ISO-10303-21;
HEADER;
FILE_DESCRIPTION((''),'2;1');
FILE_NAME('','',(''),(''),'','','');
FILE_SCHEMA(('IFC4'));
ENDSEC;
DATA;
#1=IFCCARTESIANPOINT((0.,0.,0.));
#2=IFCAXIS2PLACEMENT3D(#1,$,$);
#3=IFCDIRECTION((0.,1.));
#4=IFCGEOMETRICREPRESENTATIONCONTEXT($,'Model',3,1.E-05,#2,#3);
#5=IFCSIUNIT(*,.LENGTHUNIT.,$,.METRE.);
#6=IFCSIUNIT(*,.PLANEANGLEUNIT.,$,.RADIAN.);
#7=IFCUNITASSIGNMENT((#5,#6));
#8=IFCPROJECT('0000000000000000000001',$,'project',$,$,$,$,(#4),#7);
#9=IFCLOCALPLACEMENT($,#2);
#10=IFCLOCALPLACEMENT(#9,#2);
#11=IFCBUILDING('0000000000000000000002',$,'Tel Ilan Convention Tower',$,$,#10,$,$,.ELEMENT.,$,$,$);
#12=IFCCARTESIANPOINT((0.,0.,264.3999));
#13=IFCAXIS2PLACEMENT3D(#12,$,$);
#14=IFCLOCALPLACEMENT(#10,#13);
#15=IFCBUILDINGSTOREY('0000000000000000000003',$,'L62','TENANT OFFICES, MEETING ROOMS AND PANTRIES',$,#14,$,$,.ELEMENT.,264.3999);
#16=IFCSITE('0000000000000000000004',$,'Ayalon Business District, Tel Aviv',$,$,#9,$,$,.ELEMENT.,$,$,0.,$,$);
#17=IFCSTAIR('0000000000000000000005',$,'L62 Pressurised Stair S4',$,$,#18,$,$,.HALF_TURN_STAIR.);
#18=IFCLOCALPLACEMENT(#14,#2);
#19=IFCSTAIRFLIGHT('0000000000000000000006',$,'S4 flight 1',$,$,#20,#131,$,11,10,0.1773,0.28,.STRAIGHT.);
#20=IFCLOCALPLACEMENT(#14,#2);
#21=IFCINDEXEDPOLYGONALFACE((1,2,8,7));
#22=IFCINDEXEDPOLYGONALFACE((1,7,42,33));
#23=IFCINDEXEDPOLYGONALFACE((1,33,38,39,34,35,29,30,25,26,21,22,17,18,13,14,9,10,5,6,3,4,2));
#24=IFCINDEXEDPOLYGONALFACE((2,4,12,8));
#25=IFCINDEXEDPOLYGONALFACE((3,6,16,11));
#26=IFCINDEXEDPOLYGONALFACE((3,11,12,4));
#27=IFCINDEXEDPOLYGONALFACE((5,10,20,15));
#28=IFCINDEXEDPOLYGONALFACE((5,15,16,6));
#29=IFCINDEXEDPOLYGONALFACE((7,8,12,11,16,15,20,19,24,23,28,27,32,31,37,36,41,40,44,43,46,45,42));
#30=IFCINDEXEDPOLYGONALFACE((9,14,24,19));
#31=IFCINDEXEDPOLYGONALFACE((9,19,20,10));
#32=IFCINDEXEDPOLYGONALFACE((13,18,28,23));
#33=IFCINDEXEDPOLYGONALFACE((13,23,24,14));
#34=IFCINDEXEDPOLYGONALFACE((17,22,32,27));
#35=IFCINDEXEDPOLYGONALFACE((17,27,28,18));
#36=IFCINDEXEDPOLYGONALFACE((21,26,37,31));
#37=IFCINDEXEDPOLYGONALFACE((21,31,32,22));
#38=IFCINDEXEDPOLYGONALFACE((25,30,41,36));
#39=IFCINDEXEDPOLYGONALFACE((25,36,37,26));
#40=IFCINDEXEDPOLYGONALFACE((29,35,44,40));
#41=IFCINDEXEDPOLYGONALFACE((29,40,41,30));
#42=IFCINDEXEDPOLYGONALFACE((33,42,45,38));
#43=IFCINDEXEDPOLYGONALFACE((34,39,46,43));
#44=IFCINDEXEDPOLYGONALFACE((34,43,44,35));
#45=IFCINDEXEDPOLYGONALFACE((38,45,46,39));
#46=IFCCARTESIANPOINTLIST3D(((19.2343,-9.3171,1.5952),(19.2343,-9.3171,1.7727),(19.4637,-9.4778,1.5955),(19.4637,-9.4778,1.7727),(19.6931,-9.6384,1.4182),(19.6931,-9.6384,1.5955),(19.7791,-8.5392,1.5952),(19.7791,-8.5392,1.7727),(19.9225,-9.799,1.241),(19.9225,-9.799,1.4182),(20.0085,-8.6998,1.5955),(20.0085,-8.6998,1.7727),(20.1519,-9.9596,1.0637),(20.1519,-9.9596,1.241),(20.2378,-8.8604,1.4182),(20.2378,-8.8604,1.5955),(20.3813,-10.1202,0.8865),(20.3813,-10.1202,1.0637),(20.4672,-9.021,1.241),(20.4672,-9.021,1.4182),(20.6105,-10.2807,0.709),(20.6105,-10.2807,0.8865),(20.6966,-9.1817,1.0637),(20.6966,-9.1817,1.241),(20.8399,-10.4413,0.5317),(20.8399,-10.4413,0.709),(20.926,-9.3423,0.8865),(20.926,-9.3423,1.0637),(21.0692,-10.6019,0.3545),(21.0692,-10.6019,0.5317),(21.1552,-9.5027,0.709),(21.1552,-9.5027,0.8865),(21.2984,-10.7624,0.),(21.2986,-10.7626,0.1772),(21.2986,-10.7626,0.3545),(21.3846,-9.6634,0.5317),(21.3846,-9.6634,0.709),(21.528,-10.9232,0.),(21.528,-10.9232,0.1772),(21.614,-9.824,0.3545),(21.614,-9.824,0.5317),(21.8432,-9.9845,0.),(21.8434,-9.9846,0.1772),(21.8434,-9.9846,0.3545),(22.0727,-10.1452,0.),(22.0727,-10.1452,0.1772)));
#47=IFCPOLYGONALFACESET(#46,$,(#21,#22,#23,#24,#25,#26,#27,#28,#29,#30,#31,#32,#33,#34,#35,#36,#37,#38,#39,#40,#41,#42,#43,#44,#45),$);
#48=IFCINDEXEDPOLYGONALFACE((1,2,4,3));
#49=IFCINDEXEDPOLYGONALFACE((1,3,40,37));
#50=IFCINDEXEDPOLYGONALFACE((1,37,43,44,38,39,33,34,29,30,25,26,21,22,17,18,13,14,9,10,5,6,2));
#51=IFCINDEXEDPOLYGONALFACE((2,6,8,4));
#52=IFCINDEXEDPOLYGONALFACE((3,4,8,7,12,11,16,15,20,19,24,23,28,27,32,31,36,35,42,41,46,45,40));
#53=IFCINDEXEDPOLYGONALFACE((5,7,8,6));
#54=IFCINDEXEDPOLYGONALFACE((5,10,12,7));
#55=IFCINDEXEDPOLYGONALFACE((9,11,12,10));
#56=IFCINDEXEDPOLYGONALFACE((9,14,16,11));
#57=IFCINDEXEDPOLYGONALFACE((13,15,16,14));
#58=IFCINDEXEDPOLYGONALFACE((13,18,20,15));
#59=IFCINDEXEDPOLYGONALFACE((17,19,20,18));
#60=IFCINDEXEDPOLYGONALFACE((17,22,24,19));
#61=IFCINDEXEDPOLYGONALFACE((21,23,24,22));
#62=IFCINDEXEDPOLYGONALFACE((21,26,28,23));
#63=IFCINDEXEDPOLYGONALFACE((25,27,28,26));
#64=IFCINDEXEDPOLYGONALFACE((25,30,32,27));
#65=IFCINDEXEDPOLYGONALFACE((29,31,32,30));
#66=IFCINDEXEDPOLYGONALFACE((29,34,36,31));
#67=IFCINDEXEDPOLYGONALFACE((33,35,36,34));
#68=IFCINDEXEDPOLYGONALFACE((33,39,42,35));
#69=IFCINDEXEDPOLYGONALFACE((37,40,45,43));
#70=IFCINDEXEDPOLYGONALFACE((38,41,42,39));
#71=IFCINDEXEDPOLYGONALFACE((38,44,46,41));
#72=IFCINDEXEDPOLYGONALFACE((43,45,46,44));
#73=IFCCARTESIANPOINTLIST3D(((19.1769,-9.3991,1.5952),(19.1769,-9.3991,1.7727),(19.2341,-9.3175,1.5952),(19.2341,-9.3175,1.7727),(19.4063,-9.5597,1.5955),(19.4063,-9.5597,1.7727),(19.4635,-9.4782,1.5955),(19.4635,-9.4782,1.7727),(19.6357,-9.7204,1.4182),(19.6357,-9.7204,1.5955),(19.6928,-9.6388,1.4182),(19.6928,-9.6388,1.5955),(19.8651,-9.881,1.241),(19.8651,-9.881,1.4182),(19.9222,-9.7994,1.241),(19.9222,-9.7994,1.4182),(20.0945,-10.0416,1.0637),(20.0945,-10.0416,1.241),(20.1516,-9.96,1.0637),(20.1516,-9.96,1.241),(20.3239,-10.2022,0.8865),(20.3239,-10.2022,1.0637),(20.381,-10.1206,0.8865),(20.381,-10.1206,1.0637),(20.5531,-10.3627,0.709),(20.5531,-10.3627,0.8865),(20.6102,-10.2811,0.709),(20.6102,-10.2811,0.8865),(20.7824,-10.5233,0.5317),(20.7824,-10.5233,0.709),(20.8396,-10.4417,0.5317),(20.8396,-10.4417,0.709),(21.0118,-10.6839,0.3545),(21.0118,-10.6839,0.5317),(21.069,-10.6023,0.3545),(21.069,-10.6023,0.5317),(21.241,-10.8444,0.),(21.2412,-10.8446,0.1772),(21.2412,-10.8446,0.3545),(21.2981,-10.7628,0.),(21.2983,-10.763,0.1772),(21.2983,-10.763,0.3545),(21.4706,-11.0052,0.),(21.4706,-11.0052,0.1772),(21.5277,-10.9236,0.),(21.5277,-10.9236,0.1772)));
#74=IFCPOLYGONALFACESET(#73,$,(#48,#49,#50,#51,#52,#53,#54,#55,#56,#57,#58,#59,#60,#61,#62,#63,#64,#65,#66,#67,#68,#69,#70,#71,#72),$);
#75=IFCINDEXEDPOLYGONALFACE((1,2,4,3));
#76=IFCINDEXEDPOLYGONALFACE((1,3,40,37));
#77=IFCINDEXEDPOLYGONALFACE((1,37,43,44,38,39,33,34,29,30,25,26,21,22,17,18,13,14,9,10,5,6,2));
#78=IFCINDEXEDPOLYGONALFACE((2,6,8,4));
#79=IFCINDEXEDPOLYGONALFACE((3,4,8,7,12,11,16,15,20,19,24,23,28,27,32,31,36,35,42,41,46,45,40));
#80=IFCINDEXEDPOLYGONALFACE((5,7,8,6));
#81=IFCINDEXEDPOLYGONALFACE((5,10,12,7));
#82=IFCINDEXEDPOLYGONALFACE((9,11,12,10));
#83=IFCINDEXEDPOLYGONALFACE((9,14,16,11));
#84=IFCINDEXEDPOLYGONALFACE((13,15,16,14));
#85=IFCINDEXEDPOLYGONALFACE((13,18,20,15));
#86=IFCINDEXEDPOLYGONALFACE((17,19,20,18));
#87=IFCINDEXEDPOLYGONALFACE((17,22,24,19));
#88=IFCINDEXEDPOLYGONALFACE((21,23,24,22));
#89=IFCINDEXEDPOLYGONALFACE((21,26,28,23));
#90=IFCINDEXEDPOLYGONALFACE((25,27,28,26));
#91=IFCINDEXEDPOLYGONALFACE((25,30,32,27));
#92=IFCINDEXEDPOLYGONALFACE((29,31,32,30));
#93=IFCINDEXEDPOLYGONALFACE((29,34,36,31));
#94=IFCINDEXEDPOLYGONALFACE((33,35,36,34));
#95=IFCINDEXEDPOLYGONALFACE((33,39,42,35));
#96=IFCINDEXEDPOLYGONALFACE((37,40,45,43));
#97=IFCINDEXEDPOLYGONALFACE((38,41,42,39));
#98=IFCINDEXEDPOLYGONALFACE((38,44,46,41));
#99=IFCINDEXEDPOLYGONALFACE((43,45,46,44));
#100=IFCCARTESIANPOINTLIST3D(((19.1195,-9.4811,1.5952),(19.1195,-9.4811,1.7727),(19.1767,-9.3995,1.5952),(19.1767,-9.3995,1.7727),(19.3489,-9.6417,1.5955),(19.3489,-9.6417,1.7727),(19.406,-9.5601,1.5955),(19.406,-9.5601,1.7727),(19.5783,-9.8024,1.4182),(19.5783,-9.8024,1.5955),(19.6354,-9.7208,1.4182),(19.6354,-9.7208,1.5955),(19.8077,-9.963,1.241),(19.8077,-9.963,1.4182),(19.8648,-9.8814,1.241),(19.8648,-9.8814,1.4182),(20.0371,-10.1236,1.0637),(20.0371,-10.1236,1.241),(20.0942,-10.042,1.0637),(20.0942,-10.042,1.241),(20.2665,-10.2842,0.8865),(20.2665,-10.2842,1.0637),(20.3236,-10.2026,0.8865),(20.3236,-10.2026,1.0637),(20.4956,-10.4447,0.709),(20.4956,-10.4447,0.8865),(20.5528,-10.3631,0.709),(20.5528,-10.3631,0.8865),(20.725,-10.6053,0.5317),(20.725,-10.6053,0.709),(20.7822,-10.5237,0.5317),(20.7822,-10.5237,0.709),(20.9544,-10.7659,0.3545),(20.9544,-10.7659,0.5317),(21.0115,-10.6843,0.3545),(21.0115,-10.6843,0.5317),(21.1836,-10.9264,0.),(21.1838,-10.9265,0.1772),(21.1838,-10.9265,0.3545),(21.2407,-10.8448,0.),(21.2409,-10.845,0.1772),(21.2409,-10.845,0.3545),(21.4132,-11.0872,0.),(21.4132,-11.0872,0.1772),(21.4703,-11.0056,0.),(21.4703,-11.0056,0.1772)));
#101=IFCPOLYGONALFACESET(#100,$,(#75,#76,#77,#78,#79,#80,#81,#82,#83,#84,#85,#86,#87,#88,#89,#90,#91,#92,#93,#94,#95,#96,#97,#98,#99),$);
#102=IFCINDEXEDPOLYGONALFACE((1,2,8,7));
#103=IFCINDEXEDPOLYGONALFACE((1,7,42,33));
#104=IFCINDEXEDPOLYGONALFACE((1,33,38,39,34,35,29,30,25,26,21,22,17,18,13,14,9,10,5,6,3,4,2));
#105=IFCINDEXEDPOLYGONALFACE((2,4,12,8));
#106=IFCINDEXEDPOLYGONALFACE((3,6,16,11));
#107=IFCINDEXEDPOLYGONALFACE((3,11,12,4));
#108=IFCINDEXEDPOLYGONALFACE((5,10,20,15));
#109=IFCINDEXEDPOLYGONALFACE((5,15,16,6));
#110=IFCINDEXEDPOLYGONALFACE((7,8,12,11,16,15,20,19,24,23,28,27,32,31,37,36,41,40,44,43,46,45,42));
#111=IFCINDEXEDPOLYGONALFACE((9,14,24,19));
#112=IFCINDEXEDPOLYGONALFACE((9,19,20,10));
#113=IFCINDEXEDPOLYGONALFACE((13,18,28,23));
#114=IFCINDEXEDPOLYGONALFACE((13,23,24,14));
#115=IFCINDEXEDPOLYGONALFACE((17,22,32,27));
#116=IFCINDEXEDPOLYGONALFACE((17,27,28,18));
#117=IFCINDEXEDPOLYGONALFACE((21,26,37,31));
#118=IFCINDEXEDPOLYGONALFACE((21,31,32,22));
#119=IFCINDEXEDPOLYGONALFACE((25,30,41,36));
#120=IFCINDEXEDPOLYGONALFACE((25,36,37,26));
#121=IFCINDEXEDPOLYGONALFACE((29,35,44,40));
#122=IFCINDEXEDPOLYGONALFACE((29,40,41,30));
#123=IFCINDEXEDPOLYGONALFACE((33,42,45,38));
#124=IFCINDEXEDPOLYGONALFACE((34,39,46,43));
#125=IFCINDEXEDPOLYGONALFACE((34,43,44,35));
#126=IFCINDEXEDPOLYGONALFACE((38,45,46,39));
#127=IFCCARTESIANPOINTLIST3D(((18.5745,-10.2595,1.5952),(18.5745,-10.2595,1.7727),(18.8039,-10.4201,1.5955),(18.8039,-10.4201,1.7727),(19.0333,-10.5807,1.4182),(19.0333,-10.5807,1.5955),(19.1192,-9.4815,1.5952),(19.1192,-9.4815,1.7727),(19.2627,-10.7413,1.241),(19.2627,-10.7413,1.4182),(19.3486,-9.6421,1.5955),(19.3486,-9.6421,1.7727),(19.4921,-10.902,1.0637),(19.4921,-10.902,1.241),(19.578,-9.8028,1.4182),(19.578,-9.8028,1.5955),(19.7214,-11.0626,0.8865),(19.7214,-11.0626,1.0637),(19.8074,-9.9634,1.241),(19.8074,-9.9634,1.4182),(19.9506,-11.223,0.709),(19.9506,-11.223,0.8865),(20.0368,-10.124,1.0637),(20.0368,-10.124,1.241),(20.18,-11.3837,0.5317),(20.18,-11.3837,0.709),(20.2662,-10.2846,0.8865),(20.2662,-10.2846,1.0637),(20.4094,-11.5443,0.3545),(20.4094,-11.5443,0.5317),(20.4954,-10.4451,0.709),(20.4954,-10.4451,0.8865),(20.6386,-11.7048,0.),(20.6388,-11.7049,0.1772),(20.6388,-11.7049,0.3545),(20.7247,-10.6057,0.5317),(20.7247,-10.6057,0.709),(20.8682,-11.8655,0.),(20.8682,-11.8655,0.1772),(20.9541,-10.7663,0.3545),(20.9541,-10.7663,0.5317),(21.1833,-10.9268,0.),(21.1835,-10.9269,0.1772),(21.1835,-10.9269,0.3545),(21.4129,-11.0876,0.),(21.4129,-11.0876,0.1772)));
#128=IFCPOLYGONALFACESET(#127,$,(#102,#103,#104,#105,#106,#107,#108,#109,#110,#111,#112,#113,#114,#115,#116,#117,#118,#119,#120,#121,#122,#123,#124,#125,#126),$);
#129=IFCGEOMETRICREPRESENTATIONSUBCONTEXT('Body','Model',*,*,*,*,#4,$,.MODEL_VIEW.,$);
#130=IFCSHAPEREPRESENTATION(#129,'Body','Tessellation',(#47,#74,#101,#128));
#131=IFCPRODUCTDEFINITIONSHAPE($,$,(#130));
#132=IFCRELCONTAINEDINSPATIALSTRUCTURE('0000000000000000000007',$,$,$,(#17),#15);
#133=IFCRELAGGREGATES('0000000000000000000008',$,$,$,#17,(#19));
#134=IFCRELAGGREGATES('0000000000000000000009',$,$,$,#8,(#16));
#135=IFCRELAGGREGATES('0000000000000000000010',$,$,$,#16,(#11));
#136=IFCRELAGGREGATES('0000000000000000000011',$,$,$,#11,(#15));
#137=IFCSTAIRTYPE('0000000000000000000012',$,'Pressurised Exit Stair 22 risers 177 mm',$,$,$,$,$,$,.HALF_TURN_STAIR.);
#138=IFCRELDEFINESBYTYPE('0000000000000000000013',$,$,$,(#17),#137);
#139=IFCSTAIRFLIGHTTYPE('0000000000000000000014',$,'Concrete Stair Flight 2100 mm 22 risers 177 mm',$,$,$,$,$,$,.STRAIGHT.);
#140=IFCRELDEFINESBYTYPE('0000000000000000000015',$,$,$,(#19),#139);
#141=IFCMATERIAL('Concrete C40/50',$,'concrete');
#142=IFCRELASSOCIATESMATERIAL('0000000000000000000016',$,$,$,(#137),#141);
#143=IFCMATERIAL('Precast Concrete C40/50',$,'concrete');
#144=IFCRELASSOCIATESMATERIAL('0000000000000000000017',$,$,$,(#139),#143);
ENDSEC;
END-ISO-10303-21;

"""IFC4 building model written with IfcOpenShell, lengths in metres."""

from ifc_helpers import new_model, si_unit, direction, frame, origin, place, context, subcontext, project, spatial, polyline, outline, extrude, material, type_object, element, aggregate, save


model = new_model("IFC4")

# Units and contexts
model_context = context("Model", 3, precision=1e-05, world=origin(), true_north=direction((0.0, 1.0)))
body_context = subcontext(model_context, "Body", "Model", "MODEL_VIEW")
ifc_project = project(units=[si_unit("LENGTHUNIT", "METRE"), si_unit("PLANEANGLEUNIT", "RADIAN")], contexts=[model_context])

# Site, building, storey
site_placement = place(None, origin())
site = spatial("IfcSite", under=ifc_project, at=site_placement, Name="Ayalon Business District, Tel Aviv", CompositionType="ELEMENT", RefElevation=0.0)
building_placement = place(site_placement, origin())
building = spatial("IfcBuilding", under=site, at=building_placement, Name="Tel Ilan Convention Tower", CompositionType="ELEMENT")
storey_placement = place(building_placement, frame((0.0, 0.0, 264.3999)))
storey = spatial("IfcBuildingStorey", under=building, at=storey_placement, Name="L62", Description="TENANT OFFICES, MEETING ROOMS AND PANTRIES", CompositionType="ELEMENT", Elevation=264.3999)

# Stair, stair flight
ifc_material_1 = material(Name="Concrete C40/50", Category="concrete")
stair_type = type_object("IfcStairType", Name="Pressurised Exit Stair 22 risers 177 mm", PredefinedType="HALF_TURN_STAIR", material=ifc_material_1)
stair_placement = place(storey_placement, origin())
stair = element("IfcStair", 1, at=stair_placement, inside=storey, type_object=stair_type, Name="L62 Pressurised Stair S4", PredefinedType="HALF_TURN_STAIR")
ifc_material_2 = material(Name="Precast Concrete C40/50", Category="concrete")
stair_flight_type = type_object("IfcStairFlightType", Name="Concrete Stair Flight 2100 mm 22 risers 177 mm", PredefinedType="STRAIGHT", material=ifc_material_2)
stair_flight_1_placement = place(storey_placement, frame((21.4705, -11.0054, 0.0), z_axis=(0.0, 0.0, 1.0), x_axis=(-0.819152, 0.573576, 0.0)))
stair_flight_1 = element("IfcStairFlight", 2, at=stair_flight_1_placement, type_object=stair_flight_type, Name="S4 flight 1", NumberOfRisers=11, NumberOfTreads=10, PredefinedType="STRAIGHT", RiserHeight=0.1773, TreadLength=0.28, context=body_context, shape_type="SweptSolid", body=[
    extrude(outline(polyline([(0.0, 0.0), (0.0, 0.1772), (0.28, 0.1772), (0.28, 0.3545), (0.5601, 0.3545), (0.5601, 0.5317), (0.8401, 0.5317), (0.8401, 0.709), (1.1201, 0.709), (1.1201, 0.8865), (1.3999, 0.8865), (1.3999, 1.0637), (1.6799, 1.0637), (1.6799, 1.241), (1.96, 1.241), (1.96, 1.4182), (2.24, 1.4182), (2.24, 1.5955), (2.52, 1.5955), (2.52, 1.7727), (2.8, 1.7727), (2.8, 1.95), (2.8, 1.5952), (0.2803, 0.0), (0.0, 0.0)])), frame((0.0, -0.1003, 0.0), z_axis=(0.0, -1.0, 0.0), x_axis=(1.0, 0.0, 0.0)), (0.0, 0.0, 1.0), 0.9497),
    extrude(outline(polyline([(0.0, 0.0), (0.0, 0.1772), (0.28, 0.1772), (0.28, 0.3545), (0.5601, 0.3545), (0.5601, 0.5317), (0.8401, 0.5317), (0.8401, 0.709), (1.1201, 0.709), (1.1201, 0.8865), (1.3999, 0.8865), (1.3999, 1.0637), (1.6799, 1.0637), (1.6799, 1.241), (1.96, 1.241), (1.96, 1.4182), (2.24, 1.4182), (2.24, 1.5955), (2.52, 1.5955), (2.52, 1.7727), (2.8, 1.7727), (2.8, 1.95), (2.8, 1.5952), (0.2803, 0.0), (0.0, 0.0)])), frame((0.0, -0.0002, 0.0), z_axis=(0.0, -1.0, 0.0), x_axis=(1.0, 0.0, 0.0)), (0.0, 0.0, 1.0), 0.0996),
    extrude(outline(polyline([(0.0, 0.0), (0.0, 0.1772), (0.28, 0.1772), (0.28, 0.3545), (0.5601, 0.3545), (0.5601, 0.5317), (0.8401, 0.5317), (0.8401, 0.709), (1.1201, 0.709), (1.1201, 0.8865), (1.3999, 0.8865), (1.3999, 1.0637), (1.6799, 1.0637), (1.6799, 1.241), (1.96, 1.241), (1.96, 1.4182), (2.24, 1.4182), (2.24, 1.5955), (2.52, 1.5955), (2.52, 1.7727), (2.8, 1.7727), (2.8, 1.95), (2.8, 1.5952), (0.2803, 0.0), (0.0, 0.0)])), frame((0.0, 0.0999, 0.0), z_axis=(0.0, -1.0, 0.0), x_axis=(1.0, 0.0, 0.0)), (0.0, 0.0, 1.0), 0.0996),
    extrude(outline(polyline([(0.0, 0.0), (0.0, 0.1772), (0.28, 0.1772), (0.28, 0.3545), (0.5601, 0.3545), (0.5601, 0.5317), (0.8401, 0.5317), (0.8401, 0.709), (1.1201, 0.709), (1.1201, 0.8865), (1.3999, 0.8865), (1.3999, 1.0637), (1.6799, 1.0637), (1.6799, 1.241), (1.96, 1.241), (1.96, 1.4182), (2.24, 1.4182), (2.24, 1.5955), (2.52, 1.5955), (2.52, 1.7727), (2.8, 1.7727), (2.8, 1.95), (2.8, 1.5952), (0.2803, 0.0), (0.0, 0.0)])), frame((0.0, 1.05, 0.0), z_axis=(0.0, -1.0, 0.0), x_axis=(1.0, 0.0, 0.0)), (0.0, 0.0, 1.0), 0.9497),
])
aggregate(stair, [stair_flight_1])

save(model, "model.ifc")
